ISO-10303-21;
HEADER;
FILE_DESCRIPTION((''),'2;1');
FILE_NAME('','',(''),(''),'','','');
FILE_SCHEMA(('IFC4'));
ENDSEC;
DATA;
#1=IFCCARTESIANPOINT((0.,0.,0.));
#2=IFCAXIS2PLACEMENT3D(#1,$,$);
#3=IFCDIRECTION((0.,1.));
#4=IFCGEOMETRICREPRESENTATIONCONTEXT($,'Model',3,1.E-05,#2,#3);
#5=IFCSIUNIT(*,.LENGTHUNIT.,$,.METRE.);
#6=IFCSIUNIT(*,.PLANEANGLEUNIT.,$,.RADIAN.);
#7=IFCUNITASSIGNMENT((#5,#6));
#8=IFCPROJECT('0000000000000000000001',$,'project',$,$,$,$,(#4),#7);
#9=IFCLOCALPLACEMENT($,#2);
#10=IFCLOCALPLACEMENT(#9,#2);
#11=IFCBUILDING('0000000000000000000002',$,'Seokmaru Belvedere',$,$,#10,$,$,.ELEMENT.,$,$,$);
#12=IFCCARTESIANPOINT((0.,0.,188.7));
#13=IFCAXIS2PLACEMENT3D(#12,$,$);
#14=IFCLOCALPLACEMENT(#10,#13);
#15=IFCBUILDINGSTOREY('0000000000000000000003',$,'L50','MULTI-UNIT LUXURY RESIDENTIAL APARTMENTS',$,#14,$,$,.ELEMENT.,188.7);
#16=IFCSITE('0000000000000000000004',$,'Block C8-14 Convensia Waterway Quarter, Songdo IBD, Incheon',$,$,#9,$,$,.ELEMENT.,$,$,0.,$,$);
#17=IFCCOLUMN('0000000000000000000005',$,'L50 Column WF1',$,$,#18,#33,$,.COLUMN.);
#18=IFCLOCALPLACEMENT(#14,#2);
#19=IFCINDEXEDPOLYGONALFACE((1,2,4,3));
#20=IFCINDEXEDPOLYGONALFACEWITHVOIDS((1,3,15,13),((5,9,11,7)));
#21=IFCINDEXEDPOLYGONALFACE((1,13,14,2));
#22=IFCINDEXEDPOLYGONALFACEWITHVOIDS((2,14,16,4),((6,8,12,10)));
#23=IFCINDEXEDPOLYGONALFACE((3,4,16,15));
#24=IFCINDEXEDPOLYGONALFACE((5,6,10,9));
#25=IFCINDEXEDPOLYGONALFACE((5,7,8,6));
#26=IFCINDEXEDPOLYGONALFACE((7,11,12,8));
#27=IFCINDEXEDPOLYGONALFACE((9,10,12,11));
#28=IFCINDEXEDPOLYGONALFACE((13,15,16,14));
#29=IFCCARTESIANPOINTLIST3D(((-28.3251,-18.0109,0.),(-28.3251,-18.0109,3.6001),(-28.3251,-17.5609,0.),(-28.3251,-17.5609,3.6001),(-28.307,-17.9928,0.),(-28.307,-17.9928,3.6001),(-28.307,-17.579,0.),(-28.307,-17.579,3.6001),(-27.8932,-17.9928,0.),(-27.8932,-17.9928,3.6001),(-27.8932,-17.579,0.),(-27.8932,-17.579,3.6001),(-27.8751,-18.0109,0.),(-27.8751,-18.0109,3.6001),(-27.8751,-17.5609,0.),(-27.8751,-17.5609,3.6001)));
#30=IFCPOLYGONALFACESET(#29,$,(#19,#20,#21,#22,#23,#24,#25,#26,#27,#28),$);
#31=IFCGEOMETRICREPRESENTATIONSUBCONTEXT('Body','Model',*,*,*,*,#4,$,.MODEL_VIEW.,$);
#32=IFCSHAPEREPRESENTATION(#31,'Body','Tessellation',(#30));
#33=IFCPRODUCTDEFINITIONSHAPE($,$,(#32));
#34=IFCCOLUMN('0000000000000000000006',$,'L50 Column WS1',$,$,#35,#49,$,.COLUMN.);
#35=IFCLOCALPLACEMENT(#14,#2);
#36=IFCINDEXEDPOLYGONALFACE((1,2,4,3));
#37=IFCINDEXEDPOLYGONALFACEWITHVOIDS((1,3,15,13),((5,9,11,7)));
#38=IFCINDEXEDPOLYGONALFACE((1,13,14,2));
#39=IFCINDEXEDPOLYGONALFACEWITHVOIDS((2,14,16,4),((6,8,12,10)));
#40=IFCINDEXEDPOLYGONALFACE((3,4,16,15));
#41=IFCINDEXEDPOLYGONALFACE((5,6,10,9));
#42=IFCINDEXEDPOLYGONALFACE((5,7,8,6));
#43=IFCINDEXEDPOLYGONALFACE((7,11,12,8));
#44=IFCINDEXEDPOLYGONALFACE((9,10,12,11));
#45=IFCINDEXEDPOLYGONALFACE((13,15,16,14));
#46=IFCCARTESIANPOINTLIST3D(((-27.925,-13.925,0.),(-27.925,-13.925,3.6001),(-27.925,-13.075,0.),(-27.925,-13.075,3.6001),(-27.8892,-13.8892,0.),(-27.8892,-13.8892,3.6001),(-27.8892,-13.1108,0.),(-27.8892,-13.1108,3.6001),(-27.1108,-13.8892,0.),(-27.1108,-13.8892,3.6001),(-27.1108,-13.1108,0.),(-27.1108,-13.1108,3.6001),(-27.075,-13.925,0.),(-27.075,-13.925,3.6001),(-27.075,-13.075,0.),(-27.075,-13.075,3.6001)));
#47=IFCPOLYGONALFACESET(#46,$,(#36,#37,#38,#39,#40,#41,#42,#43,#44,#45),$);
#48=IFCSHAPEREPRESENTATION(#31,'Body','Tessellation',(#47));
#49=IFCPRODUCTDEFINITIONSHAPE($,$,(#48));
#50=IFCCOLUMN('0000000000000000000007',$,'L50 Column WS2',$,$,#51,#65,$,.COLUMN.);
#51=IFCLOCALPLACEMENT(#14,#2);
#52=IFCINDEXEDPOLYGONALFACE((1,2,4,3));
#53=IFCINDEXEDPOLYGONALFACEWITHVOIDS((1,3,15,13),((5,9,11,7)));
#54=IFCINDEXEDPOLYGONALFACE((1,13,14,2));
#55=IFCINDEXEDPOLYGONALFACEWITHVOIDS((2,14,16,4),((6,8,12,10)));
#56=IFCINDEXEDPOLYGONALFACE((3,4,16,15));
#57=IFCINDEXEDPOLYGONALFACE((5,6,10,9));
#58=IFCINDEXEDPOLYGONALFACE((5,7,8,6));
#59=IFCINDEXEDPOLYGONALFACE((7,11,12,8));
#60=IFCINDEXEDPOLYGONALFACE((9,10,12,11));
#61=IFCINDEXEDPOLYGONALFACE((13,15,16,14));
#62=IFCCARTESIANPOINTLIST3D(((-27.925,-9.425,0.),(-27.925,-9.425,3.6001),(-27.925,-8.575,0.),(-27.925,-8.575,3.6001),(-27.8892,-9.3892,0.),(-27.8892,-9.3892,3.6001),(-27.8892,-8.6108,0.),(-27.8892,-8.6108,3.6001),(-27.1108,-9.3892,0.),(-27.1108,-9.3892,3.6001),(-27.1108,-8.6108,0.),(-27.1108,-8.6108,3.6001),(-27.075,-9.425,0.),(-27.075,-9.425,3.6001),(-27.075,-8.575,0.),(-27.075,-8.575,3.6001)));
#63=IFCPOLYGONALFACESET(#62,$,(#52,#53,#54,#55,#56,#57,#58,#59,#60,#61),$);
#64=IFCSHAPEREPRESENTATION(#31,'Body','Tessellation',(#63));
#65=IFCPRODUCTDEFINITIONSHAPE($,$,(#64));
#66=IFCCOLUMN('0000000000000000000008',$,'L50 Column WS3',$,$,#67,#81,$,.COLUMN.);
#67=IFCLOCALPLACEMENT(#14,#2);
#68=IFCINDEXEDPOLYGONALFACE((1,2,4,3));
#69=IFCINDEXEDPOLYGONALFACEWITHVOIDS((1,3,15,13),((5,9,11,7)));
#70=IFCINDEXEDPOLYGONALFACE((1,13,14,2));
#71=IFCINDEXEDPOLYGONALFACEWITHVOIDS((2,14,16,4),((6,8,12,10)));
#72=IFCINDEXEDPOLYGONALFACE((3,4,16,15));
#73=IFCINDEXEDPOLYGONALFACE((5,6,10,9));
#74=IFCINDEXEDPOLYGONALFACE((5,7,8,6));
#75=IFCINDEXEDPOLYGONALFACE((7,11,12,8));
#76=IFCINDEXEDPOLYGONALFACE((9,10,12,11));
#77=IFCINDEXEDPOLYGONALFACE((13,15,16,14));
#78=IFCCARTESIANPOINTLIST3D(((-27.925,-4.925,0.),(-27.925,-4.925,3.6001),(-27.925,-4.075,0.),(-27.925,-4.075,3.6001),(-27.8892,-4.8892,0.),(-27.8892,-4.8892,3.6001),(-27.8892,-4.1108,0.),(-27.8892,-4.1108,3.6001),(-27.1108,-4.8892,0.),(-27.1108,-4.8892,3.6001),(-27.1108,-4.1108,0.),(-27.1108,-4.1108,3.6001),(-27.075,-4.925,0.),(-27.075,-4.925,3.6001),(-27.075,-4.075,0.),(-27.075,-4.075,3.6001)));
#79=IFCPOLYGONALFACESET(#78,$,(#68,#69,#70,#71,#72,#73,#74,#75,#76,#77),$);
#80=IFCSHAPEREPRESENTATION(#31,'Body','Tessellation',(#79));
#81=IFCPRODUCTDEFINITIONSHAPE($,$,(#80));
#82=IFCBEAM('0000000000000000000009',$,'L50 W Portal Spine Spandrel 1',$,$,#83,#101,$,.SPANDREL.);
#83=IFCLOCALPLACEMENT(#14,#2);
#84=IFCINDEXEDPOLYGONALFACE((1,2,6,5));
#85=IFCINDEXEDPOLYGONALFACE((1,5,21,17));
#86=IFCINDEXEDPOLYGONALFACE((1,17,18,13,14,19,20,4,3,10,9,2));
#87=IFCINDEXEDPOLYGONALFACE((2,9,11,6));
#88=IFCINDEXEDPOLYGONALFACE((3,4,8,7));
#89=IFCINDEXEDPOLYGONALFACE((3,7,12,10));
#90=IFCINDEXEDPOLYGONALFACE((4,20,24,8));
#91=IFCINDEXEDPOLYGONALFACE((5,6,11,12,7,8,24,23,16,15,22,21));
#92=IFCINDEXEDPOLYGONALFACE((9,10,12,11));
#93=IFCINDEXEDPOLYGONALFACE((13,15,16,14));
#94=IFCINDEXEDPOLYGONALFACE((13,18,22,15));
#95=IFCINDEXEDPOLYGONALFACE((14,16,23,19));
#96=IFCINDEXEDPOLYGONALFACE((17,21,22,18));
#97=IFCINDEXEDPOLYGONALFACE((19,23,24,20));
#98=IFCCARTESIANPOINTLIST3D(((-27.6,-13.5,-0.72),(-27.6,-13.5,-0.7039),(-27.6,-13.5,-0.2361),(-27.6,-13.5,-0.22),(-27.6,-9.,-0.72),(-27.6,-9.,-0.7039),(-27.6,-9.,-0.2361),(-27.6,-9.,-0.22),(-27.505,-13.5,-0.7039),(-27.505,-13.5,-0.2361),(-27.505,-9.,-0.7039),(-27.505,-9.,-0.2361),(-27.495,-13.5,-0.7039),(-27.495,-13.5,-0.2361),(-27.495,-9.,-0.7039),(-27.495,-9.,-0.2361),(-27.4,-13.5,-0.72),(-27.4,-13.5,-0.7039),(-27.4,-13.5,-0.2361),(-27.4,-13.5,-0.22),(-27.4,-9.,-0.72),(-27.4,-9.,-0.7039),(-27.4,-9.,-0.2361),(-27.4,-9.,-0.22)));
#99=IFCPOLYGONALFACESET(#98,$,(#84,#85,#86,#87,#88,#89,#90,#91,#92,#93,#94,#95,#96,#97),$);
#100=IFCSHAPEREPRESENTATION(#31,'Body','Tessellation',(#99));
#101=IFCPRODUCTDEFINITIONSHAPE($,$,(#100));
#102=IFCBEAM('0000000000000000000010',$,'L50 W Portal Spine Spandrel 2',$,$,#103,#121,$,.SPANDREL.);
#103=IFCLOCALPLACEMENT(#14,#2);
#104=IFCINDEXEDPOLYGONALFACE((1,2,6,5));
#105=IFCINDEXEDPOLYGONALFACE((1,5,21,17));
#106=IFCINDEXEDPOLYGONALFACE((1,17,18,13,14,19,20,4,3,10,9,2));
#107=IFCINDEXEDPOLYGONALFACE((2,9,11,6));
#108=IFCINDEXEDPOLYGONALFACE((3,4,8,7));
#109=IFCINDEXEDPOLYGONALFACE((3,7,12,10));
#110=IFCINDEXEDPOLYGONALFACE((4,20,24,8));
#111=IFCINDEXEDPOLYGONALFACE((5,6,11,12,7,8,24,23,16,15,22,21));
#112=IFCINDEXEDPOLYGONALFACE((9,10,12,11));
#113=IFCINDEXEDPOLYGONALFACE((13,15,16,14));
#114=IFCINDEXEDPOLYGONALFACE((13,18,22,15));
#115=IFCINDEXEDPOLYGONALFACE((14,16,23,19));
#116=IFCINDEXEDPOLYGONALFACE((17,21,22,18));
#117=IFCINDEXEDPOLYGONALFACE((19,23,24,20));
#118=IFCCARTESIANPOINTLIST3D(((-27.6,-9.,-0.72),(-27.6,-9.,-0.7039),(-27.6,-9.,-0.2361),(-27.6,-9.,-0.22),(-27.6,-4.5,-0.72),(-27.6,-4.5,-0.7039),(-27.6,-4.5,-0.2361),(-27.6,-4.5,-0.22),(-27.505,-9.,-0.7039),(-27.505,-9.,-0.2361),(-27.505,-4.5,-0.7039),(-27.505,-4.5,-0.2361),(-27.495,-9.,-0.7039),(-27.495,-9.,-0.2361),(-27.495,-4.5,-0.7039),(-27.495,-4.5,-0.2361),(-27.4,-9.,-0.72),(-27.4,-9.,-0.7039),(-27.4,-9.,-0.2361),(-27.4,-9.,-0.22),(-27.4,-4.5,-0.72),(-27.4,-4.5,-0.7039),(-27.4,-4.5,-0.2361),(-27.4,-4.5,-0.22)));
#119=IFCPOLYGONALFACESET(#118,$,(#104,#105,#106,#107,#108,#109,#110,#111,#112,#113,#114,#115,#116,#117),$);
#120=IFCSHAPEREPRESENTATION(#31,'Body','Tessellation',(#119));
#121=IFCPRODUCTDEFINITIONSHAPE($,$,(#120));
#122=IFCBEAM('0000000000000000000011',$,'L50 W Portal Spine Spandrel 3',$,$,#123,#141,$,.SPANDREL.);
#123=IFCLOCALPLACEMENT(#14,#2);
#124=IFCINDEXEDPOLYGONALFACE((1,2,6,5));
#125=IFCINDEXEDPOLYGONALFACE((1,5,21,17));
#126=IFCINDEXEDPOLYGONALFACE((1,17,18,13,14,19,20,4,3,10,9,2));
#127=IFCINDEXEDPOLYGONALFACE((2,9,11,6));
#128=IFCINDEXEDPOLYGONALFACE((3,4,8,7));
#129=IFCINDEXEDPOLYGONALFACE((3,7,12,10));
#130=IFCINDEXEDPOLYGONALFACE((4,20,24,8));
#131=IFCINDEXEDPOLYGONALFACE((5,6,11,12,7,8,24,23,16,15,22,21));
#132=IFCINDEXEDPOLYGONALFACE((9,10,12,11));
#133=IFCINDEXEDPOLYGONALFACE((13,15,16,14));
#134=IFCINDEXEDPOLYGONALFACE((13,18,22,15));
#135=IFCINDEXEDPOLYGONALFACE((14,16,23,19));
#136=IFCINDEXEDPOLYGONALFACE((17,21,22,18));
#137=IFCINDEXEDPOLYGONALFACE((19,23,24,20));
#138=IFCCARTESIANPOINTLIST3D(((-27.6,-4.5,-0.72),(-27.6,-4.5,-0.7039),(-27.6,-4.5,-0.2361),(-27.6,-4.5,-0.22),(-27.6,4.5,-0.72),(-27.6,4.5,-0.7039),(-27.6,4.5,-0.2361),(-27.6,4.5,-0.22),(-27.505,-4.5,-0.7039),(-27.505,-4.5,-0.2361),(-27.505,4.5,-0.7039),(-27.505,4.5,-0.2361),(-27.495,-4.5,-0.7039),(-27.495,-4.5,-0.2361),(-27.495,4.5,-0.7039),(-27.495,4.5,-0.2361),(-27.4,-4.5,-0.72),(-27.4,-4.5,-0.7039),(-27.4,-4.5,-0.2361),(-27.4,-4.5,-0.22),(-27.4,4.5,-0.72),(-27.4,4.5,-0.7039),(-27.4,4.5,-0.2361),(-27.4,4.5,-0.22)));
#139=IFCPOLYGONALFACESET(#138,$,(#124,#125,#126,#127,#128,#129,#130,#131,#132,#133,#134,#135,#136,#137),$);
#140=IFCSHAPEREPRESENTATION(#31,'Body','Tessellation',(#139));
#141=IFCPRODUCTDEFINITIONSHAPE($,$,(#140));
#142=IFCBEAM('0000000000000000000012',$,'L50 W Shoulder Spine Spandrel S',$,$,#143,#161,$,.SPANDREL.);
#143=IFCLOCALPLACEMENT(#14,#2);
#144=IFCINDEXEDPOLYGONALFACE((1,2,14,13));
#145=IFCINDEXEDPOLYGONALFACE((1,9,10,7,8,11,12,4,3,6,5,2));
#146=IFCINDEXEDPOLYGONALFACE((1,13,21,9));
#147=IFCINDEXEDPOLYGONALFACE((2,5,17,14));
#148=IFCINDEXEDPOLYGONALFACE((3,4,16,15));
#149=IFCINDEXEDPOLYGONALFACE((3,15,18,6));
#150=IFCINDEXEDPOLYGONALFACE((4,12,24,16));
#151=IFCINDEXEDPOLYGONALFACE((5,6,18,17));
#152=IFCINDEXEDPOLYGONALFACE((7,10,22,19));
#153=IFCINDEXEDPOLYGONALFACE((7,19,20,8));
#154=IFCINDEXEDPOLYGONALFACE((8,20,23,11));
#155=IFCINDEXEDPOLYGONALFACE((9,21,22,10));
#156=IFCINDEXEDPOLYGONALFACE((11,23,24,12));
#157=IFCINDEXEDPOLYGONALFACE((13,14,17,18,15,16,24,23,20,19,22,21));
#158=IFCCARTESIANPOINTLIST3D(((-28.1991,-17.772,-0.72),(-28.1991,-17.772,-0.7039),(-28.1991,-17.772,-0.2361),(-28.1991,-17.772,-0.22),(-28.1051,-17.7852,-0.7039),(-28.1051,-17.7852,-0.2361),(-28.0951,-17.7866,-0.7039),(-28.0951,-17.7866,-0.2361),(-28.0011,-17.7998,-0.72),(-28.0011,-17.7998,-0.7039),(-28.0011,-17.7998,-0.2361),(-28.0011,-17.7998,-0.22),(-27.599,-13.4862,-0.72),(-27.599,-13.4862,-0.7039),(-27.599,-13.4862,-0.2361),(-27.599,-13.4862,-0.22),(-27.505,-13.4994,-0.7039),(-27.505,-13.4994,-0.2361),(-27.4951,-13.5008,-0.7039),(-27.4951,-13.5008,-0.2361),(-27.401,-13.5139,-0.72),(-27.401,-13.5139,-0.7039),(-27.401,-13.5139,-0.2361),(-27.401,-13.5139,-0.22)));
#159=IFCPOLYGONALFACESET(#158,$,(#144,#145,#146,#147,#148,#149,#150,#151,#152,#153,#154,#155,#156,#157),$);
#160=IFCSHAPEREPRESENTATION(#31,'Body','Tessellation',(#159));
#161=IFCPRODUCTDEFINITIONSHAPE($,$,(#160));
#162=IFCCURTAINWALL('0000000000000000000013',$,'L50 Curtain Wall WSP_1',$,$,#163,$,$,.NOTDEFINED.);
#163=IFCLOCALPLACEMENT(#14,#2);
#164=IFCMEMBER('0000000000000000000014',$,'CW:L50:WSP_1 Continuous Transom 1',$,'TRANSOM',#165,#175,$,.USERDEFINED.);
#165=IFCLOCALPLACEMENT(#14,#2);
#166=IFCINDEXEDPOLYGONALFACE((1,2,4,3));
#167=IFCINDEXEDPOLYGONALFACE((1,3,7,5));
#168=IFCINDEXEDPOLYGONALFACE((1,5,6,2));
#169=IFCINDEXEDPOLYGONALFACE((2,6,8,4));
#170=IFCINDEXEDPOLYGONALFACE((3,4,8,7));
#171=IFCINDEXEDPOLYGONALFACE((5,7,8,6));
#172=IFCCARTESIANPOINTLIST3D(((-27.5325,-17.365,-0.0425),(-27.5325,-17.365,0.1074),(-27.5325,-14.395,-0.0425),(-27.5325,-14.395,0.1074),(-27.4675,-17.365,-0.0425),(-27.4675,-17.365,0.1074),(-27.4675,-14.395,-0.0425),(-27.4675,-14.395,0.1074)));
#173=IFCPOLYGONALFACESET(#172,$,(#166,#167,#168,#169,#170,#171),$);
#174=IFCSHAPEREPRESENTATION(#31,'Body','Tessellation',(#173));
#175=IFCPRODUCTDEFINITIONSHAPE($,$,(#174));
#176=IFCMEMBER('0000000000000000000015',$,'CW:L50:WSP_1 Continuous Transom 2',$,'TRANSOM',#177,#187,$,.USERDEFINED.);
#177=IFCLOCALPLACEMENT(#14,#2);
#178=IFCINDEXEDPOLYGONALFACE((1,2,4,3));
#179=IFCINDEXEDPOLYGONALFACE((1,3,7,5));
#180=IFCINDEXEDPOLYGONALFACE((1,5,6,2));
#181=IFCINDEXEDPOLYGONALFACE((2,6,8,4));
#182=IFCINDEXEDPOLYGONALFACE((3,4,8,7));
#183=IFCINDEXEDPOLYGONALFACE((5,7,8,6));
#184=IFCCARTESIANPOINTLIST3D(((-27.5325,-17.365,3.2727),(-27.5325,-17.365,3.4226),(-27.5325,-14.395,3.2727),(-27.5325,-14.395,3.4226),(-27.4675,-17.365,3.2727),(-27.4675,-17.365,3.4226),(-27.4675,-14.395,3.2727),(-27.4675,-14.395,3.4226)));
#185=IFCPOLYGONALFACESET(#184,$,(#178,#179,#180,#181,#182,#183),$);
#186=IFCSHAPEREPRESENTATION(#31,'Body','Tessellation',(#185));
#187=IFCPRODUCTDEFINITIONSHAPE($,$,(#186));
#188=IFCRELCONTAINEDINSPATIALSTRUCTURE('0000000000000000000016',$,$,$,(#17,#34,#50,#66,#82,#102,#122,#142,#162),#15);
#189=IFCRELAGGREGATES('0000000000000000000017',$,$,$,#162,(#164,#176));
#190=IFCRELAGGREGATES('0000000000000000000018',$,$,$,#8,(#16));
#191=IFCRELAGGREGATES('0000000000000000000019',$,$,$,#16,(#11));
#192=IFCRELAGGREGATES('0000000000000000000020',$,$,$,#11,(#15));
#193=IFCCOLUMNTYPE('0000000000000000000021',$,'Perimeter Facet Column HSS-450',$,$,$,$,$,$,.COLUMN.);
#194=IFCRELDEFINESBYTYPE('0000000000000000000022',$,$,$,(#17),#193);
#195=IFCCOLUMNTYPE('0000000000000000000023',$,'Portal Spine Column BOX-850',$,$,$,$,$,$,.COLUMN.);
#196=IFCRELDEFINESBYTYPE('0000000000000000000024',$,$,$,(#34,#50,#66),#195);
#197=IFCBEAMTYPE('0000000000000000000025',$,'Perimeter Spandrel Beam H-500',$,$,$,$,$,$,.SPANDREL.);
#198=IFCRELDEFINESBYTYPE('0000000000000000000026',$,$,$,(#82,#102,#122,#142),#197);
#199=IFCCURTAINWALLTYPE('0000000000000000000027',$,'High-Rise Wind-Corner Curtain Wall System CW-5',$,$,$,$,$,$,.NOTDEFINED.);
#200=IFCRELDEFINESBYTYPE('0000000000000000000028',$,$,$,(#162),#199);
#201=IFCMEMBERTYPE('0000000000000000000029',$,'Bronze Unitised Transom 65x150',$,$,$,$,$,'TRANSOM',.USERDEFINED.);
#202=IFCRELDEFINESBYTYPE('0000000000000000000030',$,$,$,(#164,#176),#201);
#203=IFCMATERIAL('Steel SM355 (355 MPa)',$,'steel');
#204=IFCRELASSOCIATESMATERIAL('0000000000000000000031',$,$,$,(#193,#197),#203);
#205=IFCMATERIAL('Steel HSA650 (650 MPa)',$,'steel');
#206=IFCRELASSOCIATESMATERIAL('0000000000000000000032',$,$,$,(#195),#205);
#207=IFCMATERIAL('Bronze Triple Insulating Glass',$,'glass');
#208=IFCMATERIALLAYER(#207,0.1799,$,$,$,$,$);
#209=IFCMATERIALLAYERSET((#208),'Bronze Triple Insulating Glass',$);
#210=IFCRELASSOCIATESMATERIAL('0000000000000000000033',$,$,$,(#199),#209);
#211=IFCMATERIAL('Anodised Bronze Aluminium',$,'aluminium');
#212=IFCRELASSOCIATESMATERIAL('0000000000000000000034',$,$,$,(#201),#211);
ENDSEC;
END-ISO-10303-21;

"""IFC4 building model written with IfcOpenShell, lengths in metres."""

from ifc_helpers import new_model, si_unit, direction, frame, origin, origin_2d, place, context, subcontext, project, spatial, rectangle, hollow_rectangle, i_section, extrude, source, transform, mapped, material, layer, layer_set, material_profile, profile_set, type_object, type_shapes, element, aggregate, save


model = new_model("IFC4")

# Units and contexts
model_context = context("Model", 3, precision=1e-05, world=origin(), true_north=direction((0.0, 1.0)))
body_context = subcontext(model_context, "Body", "Model", "MODEL_VIEW")
ifc_project = project(units=[si_unit("LENGTHUNIT", "METRE"), si_unit("PLANEANGLEUNIT", "RADIAN")], contexts=[model_context])

# Site, building, storey
site_placement = place(None, origin())
site = spatial("IfcSite", under=ifc_project, at=site_placement, Name="Block C8-14 Convensia Waterway Quarter, Songdo IBD, Incheon", CompositionType="ELEMENT", RefElevation=0.0)
building_placement = place(site_placement, origin())
building = spatial("IfcBuilding", under=site, at=building_placement, Name="Seokmaru Belvedere", CompositionType="ELEMENT")
storey_placement = place(building_placement, frame((0.0, 0.0, 188.7)))
storey = spatial("IfcBuildingStorey", under=building, at=storey_placement, Name="L50", Description="MULTI-UNIT LUXURY RESIDENTIAL APARTMENTS", CompositionType="ELEMENT", Elevation=188.7)

# Columns
ifc_material_1 = material(Name="Steel SM355 (355 MPa)", Category="steel")
ifc_material_profile_1 = material_profile(ifc_material_1, hollow_rectangle(XDim=0.45, YDim=0.45, WallThickness=0.0181, at=origin_2d()), Name="HSS-450x450x18")
ifc_profile_set_1 = profile_set([ifc_material_profile_1], Name="Steel SM355 (355 MPa)")
column_type_1 = type_object("IfcColumnType", Name="Perimeter Facet Column HSS-450", PredefinedType="COLUMN", material=ifc_profile_set_1)
shared_shape_1 = source(origin(), body_context, "Body", "SweptSolid", [
    extrude(hollow_rectangle(XDim=0.45, YDim=0.45, WallThickness=0.0181, at=origin_2d()), origin(), (0.0, 0.0, 1.0), 3.6001),
])
type_shapes(column_type_1, [shared_shape_1])
column_placement = place(storey_placement, frame((-28.1001, -17.7859, 0.0), z_axis=(0.0, 0.0, 1.0), x_axis=(1.0, 0.0, 0.0)))
element("IfcColumn", 1, at=column_placement, inside=storey, type_object=column_type_1, Name="L50 Column WF1", PredefinedType="COLUMN", context=body_context, shape_type="MappedRepresentation", body=[
    mapped(shared_shape_1, transform((0.0, 0.0, 0.0), scale=1.0)),
])
ifc_material_2 = material(Name="Steel HSA650 (650 MPa)", Category="steel")
ifc_material_profile_2 = material_profile(ifc_material_2, hollow_rectangle(XDim=0.8501, YDim=0.8501, WallThickness=0.0359, at=origin_2d()), Name="BOX-850x850x36")
ifc_profile_set_2 = profile_set([ifc_material_profile_2], Name="Steel HSA650 (650 MPa)")
column_type_2 = type_object("IfcColumnType", Name="Portal Spine Column BOX-850", PredefinedType="COLUMN", material=ifc_profile_set_2)
shared_shape_2 = source(origin(), body_context, "Body", "SweptSolid", [
    extrude(hollow_rectangle(XDim=0.8501, YDim=0.8501, WallThickness=0.0359, at=origin_2d()), origin(), (0.0, 0.0, 1.0), 3.6001),
])
type_shapes(column_type_2, [shared_shape_2])
for number, where, z_axis, x_axis, name in (
    (2, (-27.5, -13.5, 0.0), (0.0, 0.0, 1.0), (1.0, 0.0, 0.0), "L50 Column WS1"),
    (3, (-27.5, -9.0, 0.0), (0.0, 0.0, 1.0), (1.0, 0.0, 0.0), "L50 Column WS2"),
    (4, (-27.5, -4.5, 0.0), (0.0, 0.0, 1.0), (1.0, 0.0, 0.0), "L50 Column WS3"),
):
    element("IfcColumn", number, at=place(storey_placement, frame(where, z_axis=z_axis, x_axis=x_axis)), inside=storey, type_object=column_type_2, Name=name, PredefinedType="COLUMN", context=body_context, shape_type="MappedRepresentation", body=[
        mapped(shared_shape_2, transform((0.0, 0.0, 0.0), scale=1.0)),
    ])

# Beams
ifc_material_profile_3 = material_profile(ifc_material_1, i_section(OverallWidth=0.2, OverallDepth=0.5, WebThickness=0.01, FlangeThickness=0.0161, at=origin_2d()), Name="H-500x200x10x16")
ifc_profile_set_3 = profile_set([ifc_material_profile_3], Name="Steel SM355 (355 MPa)")
beam_type = type_object("IfcBeamType", Name="Perimeter Spandrel Beam H-500", PredefinedType="SPANDREL", material=ifc_profile_set_3)
shared_shape_3 = source(origin(), body_context, "Body", "SweptSolid", [
    extrude(i_section(OverallWidth=0.2, OverallDepth=0.5, WebThickness=0.01, FlangeThickness=0.0161, at=origin_2d()), origin(), (0.0, 0.0, 1.0), 4.5),
])
for number, where, z_axis, x_axis, name in (
    (5, (-27.5, -13.5, -0.47), (0.0, 1.0, 0.0), (-1.0, 0.0, 0.0), "L50 W Portal Spine Spandrel 1"),
    (6, (-27.5, -9.0, -0.47), (0.0, 1.0, 0.0), (-1.0, 0.0, 0.0), "L50 W Portal Spine Spandrel 2"),
):
    element("IfcBeam", number, at=place(storey_placement, frame(where, z_axis=z_axis, x_axis=x_axis)), inside=storey, type_object=beam_type, Name=name, PredefinedType="SPANDREL", context=body_context, shape_type="MappedRepresentation", body=[
        mapped(shared_shape_3, transform((0.0, 0.0, 0.0), scale=1.0)),
    ])
shared_shape_4 = source(origin(), body_context, "Body", "SweptSolid", [
    extrude(i_section(OverallWidth=0.2, OverallDepth=0.5, WebThickness=0.01, FlangeThickness=0.0161, at=origin_2d()), origin(), (0.0, 0.0, 1.0), 9.0),
])
beam_1_placement = place(storey_placement, frame((-27.5, -4.5, -0.47), z_axis=(0.0, 1.0, 0.0), x_axis=(-1.0, 0.0, 0.0)))
element("IfcBeam", 7, at=beam_1_placement, inside=storey, type_object=beam_type, Name="L50 W Portal Spine Spandrel 3", PredefinedType="SPANDREL", context=body_context, shape_type="MappedRepresentation", body=[
    mapped(shared_shape_4, transform((0.0, 0.0, 0.0), scale=1.0)),
])
shared_shape_5 = source(origin(), body_context, "Body", "SweptSolid", [
    extrude(i_section(OverallWidth=0.2, OverallDepth=0.5, WebThickness=0.01, FlangeThickness=0.0161, at=origin_2d()), origin(), (0.0, 0.0, 1.0), 4.3276),
])
type_shapes(beam_type, [shared_shape_3, shared_shape_4, shared_shape_5])
beam_2_placement = place(storey_placement, frame((-28.1001, -17.7859, -0.47), z_axis=(0.138664, 0.990339, 0.0), x_axis=(-0.990339, 0.138664, 0.0)))
element("IfcBeam", 8, at=beam_2_placement, inside=storey, type_object=beam_type, Name="L50 W Shoulder Spine Spandrel S", PredefinedType="SPANDREL", context=body_context, shape_type="MappedRepresentation", body=[
    mapped(shared_shape_5, transform((0.0, 0.0, 0.0), scale=1.0)),
])

# Curtain wall, members
ifc_material_3 = material(Name="Bronze Triple Insulating Glass", Category="glass")
ifc_layer_1 = layer(ifc_material_3, 0.1799)
ifc_layer_set_1 = layer_set([ifc_layer_1], Name="Bronze Triple Insulating Glass")
curtain_wall_type = type_object("IfcCurtainWallType", Name="High-Rise Wind-Corner Curtain Wall System CW-5", PredefinedType="NOTDEFINED", material=ifc_layer_set_1)
curtain_wall_1_placement = place(storey_placement, origin())
curtain_wall_1 = element("IfcCurtainWall", 9, at=curtain_wall_1_placement, inside=storey, type_object=curtain_wall_type, Name="L50 Curtain Wall WSP_1", PredefinedType="NOTDEFINED")
ifc_material_4 = material(Name="Anodised Bronze Aluminium", Category="aluminium")
ifc_material_profile_4 = material_profile(ifc_material_4, rectangle(XDim=0.0649, YDim=0.1499, at=origin_2d()), Name="CW-T-65x150")
ifc_profile_set_4 = profile_set([ifc_material_profile_4], Name="Anodised Bronze Aluminium")
member_type_1 = type_object("IfcMemberType", Name="Bronze Unitised Transom 65x150", ElementType="TRANSOM", PredefinedType="USERDEFINED", material=ifc_profile_set_4)
shared_shape_6 = source(origin(), body_context, "Body", "SweptSolid", [
    extrude(rectangle(XDim=0.0649, YDim=0.1499, at=origin_2d()), origin(), (0.0, 0.0, 1.0), 2.97),
])
type_shapes(member_type_1, [shared_shape_6])
member_1_placement = place(storey_placement, frame((-27.5, -17.365, 0.0325), z_axis=(0.0, 1.0, 0.0), x_axis=(-1.0, 0.0, 0.0)))
member_1 = element("IfcMember", 10, at=member_1_placement, type_object=member_type_1, Name="CW:L50:WSP_1 Continuous Transom 1", ObjectType="TRANSOM", PredefinedType="USERDEFINED", context=body_context, shape_type="MappedRepresentation", body=[
    mapped(shared_shape_6, transform((0.0, 0.0, 0.0), scale=1.0)),
])
member_2_placement = place(storey_placement, frame((-27.5, -17.365, 3.3477), z_axis=(0.0, 1.0, 0.0), x_axis=(-1.0, 0.0, 0.0)))
member_2 = element("IfcMember", 11, at=member_2_placement, type_object=member_type_1, Name="CW:L50:WSP_1 Continuous Transom 2", ObjectType="TRANSOM", PredefinedType="USERDEFINED", context=body_context, shape_type="MappedRepresentation", body=[
    mapped(shared_shape_6, transform((0.0, 0.0, 0.0), scale=1.0)),
])

aggregate(curtain_wall_1, [member_1, member_2])

save(model, "model.ifc")
